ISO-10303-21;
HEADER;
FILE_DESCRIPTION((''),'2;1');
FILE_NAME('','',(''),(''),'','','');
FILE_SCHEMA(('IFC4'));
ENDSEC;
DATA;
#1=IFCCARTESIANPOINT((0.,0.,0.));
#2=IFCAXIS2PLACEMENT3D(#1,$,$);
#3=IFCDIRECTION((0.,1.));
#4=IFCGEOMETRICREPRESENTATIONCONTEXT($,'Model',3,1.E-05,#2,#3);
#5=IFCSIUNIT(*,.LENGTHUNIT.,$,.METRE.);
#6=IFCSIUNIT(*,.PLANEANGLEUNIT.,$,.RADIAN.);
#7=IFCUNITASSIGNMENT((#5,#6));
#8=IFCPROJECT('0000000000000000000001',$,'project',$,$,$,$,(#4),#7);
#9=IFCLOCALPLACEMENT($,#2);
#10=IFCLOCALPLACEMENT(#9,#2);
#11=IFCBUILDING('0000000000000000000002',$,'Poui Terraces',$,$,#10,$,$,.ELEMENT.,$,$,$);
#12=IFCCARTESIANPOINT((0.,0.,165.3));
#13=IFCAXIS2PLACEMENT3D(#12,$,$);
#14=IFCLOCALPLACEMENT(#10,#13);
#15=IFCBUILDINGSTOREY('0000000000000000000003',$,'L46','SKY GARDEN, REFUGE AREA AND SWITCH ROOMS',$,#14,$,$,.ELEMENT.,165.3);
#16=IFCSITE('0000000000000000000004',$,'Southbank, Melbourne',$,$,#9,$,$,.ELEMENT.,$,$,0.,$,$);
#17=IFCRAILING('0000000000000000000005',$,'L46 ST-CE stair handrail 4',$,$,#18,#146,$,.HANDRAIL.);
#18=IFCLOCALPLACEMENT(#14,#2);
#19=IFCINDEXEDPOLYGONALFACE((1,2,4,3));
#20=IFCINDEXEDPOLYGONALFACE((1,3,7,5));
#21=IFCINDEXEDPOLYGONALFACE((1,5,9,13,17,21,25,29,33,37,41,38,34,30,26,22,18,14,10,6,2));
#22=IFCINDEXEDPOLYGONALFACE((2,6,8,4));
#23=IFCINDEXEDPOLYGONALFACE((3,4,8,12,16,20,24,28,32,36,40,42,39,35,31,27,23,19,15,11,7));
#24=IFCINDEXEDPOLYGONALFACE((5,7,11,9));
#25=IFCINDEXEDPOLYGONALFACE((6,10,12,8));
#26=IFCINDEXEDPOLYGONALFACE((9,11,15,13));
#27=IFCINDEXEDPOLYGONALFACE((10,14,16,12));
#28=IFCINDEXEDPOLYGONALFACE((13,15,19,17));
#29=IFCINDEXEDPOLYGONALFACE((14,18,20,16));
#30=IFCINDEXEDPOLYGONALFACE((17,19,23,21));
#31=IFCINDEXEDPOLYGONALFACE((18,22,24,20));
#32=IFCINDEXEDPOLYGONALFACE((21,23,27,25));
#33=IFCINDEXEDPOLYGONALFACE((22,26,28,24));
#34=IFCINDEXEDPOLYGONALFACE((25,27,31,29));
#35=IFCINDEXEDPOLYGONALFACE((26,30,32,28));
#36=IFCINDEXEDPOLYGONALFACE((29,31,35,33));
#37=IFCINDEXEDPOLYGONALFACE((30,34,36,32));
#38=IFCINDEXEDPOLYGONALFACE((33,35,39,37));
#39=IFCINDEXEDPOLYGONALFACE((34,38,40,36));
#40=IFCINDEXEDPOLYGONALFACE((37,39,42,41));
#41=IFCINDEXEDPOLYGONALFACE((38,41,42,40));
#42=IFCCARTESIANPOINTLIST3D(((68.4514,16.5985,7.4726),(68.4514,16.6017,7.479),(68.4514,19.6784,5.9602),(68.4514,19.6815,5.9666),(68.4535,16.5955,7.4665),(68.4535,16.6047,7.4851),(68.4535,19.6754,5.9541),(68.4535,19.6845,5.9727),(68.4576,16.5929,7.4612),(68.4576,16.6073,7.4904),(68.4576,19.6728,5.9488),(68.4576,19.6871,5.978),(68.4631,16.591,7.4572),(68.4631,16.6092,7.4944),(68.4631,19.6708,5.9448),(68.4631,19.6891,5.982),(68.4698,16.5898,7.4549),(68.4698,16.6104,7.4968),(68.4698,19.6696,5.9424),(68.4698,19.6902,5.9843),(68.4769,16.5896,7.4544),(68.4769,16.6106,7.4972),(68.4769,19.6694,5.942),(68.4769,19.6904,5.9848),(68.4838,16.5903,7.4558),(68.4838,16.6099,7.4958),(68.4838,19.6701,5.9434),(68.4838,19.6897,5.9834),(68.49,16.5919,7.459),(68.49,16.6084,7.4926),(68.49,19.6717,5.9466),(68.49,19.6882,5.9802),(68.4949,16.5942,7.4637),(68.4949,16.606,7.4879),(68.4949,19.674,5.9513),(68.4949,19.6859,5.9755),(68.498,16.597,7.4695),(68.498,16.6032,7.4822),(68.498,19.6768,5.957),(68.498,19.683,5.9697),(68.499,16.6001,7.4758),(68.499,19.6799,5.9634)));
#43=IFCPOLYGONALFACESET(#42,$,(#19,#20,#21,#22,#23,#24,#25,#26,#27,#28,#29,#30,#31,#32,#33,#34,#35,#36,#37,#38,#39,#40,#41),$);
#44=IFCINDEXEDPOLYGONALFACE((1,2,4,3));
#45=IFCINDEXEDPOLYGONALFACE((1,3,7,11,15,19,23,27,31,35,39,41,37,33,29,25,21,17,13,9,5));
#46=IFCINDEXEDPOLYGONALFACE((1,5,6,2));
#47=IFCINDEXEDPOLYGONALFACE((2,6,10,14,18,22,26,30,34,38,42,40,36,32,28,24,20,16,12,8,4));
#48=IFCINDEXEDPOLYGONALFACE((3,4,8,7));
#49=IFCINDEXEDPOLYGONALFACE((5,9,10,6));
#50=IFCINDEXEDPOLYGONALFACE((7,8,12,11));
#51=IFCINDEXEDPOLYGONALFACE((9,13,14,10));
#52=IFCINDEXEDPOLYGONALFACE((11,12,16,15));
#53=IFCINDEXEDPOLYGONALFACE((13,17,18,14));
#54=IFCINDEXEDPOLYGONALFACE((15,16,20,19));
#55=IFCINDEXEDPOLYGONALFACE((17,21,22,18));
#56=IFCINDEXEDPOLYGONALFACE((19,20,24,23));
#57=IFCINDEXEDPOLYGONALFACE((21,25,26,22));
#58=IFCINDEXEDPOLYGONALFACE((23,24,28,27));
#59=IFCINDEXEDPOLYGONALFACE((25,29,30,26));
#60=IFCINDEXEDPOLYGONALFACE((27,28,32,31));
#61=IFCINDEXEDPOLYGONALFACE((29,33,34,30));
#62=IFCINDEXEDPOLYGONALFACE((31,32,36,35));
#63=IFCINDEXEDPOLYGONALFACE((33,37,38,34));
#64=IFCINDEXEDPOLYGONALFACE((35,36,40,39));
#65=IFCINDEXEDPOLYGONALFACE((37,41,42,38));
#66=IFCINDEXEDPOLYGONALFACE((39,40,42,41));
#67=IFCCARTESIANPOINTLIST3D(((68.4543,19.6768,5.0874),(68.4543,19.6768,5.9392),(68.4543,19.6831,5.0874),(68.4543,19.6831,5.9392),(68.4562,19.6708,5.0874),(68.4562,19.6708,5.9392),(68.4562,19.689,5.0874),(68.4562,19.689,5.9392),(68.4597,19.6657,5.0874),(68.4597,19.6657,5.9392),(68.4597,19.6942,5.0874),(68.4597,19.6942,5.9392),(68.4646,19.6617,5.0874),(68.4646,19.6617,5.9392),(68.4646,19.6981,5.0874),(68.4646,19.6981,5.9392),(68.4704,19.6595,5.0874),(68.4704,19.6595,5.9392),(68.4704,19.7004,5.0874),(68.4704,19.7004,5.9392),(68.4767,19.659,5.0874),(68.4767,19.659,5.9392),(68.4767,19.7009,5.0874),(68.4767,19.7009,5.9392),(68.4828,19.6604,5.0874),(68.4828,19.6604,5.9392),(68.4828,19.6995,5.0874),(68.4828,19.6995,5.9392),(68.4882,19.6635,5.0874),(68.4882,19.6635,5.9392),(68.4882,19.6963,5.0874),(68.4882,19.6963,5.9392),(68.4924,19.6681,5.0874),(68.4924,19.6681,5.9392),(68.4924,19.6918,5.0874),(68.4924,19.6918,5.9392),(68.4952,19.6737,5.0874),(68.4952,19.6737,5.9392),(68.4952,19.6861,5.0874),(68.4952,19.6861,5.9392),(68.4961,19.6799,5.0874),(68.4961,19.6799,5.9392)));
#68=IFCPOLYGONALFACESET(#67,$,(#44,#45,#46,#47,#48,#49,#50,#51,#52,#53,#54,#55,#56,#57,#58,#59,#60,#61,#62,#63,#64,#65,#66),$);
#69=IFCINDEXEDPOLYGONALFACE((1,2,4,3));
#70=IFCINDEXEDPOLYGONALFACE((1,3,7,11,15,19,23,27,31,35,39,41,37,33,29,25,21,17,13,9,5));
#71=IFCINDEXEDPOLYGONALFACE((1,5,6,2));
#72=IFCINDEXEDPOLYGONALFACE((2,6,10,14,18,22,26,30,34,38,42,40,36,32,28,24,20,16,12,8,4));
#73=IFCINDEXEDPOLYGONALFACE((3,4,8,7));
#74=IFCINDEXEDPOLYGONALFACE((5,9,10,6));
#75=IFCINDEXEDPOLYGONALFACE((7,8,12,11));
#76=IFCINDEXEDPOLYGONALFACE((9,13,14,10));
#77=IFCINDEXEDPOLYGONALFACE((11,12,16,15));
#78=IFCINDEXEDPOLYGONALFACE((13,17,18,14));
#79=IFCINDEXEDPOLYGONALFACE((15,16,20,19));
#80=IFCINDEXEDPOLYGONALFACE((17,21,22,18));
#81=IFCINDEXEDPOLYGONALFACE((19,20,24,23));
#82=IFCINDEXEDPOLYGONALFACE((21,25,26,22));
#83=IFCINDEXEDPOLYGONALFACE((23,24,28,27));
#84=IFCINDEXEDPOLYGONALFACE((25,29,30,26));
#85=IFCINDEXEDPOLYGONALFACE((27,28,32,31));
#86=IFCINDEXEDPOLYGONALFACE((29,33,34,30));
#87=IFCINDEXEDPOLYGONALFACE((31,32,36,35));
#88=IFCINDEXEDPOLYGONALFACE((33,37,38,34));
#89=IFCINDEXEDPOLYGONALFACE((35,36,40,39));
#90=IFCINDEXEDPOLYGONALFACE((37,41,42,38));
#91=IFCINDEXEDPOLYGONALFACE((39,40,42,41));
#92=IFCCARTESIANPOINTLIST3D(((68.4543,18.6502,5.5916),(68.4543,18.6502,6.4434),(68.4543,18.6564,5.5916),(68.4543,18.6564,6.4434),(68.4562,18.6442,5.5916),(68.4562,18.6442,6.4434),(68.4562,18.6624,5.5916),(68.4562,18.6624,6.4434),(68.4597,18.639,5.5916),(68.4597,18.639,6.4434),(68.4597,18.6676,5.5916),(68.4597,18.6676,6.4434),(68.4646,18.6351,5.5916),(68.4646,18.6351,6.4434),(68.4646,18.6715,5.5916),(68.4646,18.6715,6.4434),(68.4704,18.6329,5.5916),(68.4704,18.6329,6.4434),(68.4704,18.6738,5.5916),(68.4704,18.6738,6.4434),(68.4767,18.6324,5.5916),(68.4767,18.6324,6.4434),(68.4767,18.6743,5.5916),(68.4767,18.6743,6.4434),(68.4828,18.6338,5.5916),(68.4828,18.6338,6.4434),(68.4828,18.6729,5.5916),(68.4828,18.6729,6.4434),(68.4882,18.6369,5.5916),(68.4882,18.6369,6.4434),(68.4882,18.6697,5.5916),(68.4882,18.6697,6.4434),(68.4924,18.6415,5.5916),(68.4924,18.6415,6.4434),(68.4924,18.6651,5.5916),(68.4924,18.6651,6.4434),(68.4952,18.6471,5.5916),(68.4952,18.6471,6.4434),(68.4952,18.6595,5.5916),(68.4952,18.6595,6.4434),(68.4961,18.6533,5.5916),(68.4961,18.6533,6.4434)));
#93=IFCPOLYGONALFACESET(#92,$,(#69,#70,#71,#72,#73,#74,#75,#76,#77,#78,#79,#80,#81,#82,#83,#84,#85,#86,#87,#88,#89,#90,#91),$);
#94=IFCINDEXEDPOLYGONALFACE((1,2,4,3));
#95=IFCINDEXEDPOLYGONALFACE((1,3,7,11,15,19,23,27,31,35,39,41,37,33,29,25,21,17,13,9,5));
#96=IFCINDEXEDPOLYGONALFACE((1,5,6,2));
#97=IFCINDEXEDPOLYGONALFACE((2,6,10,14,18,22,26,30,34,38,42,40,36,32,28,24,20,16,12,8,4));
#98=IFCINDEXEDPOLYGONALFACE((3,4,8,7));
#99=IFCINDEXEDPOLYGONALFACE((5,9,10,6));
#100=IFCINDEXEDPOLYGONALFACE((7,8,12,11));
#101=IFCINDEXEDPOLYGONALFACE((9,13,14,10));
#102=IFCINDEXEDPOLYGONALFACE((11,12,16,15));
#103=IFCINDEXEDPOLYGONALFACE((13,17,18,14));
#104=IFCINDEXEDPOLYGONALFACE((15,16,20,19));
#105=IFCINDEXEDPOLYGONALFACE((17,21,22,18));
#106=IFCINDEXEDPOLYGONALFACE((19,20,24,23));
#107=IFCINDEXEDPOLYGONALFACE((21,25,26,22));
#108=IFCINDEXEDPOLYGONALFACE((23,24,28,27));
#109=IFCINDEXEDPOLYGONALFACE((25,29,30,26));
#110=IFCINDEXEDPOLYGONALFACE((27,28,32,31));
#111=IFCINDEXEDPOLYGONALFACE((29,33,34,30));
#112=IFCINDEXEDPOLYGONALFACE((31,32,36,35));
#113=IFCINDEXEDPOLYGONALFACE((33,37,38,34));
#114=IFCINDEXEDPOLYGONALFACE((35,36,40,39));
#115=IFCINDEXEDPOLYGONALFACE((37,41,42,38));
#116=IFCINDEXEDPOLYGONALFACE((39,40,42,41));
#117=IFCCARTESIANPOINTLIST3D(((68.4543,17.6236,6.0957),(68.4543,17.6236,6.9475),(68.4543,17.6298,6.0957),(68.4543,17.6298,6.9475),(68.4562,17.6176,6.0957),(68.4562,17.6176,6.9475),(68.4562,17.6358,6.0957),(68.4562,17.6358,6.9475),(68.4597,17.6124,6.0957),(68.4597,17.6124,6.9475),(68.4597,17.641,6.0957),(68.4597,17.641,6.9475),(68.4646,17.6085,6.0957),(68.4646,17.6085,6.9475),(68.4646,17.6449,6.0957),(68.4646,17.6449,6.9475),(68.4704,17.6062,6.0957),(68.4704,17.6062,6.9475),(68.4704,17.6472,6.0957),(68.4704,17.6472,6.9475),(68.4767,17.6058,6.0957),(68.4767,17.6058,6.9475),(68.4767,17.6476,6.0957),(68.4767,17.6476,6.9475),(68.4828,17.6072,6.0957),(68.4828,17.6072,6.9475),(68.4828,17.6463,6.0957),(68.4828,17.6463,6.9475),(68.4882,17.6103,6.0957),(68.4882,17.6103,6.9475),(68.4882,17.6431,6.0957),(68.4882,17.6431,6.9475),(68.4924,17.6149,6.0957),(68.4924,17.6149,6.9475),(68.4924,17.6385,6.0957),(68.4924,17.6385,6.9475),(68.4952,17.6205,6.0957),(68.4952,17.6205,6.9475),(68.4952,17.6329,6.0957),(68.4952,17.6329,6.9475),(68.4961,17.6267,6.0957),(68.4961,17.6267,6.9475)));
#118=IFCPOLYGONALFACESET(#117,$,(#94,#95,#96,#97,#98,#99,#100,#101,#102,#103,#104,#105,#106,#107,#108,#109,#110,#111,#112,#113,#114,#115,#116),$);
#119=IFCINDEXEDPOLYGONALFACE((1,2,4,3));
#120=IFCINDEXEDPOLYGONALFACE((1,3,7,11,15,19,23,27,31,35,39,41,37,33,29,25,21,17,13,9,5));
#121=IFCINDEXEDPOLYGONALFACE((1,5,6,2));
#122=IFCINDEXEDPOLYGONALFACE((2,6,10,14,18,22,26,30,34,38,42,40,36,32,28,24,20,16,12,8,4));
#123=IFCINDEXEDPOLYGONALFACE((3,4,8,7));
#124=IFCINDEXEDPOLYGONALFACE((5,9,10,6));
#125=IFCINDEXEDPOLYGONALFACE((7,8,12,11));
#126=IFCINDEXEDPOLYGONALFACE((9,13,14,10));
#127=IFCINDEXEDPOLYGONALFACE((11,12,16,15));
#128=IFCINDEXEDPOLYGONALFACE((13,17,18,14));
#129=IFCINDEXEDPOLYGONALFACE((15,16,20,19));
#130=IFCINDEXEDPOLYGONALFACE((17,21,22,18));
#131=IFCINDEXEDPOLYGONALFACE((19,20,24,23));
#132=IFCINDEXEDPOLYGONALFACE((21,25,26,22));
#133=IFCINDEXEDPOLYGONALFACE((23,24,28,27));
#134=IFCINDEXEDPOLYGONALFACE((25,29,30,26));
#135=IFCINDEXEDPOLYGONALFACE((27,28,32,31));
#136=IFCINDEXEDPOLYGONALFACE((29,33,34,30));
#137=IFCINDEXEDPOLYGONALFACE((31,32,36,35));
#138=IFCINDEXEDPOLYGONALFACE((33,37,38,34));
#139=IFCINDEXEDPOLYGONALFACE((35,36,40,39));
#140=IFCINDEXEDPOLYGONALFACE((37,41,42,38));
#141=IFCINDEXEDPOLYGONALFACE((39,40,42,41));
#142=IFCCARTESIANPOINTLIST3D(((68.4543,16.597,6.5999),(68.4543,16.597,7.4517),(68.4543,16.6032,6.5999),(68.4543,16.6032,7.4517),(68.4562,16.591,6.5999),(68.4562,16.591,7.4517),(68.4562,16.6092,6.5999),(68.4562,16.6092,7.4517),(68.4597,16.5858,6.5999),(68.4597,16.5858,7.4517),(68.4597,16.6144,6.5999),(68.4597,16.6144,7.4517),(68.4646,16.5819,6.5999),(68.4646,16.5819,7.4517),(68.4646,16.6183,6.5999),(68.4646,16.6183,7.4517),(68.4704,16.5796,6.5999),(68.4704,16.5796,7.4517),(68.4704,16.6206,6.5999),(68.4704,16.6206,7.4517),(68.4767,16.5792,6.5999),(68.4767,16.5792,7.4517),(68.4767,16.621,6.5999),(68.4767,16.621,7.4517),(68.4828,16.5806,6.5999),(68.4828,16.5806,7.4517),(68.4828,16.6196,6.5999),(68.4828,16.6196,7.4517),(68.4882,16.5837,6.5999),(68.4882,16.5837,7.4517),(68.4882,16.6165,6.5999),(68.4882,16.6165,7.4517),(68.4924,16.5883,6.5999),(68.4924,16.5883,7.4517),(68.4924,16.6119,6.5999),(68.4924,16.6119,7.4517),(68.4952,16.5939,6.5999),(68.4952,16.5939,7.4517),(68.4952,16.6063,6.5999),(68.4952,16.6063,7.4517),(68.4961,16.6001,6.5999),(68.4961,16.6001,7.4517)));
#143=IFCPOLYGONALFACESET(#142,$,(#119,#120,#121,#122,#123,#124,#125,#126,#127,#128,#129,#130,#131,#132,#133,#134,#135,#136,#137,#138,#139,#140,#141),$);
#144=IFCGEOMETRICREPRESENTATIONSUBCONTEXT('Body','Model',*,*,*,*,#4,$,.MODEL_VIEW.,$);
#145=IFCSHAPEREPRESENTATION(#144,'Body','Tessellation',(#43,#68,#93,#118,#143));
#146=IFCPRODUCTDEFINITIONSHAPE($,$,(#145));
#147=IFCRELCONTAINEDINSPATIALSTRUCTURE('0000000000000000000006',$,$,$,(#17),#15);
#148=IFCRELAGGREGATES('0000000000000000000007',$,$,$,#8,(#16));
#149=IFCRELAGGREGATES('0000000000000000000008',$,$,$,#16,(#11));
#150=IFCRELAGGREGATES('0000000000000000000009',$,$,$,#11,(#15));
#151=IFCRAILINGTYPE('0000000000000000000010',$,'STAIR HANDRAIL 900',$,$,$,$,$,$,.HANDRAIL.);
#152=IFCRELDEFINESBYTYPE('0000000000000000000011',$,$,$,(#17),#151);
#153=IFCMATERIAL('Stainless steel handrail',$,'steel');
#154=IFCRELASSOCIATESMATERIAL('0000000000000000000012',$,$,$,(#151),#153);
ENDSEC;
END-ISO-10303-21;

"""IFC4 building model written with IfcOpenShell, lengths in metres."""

from ifc_helpers import new_model, si_unit, direction, frame, origin, origin_2d, place, context, subcontext, project, spatial, circle, extrude, material, type_object, element, save


model = new_model("IFC4")

# Units and contexts
model_context = context("Model", 3, precision=1e-05, world=origin(), true_north=direction((0.0, 1.0)))
body_context = subcontext(model_context, "Body", "Model", "MODEL_VIEW")
ifc_project = project(units=[si_unit("LENGTHUNIT", "METRE"), si_unit("PLANEANGLEUNIT", "RADIAN")], contexts=[model_context])

# Site, building, storey
site_placement = place(None, origin())
site = spatial("IfcSite", under=ifc_project, at=site_placement, Name="Southbank, Melbourne", CompositionType="ELEMENT", RefElevation=0.0)
building_placement = place(site_placement, origin())
building = spatial("IfcBuilding", under=site, at=building_placement, Name="Poui Terraces", CompositionType="ELEMENT")
storey_placement = place(building_placement, frame((0.0, 0.0, 165.3)))
storey = spatial("IfcBuildingStorey", under=building, at=storey_placement, Name="L46", Description="SKY GARDEN, REFUGE AREA AND SWITCH ROOMS", CompositionType="ELEMENT", Elevation=165.3)

# Railing
ifc_material_1 = material(Name="Stainless steel handrail", Category="steel")
railing_type_1 = type_object("IfcRailingType", Name="STAIR HANDRAIL 900", PredefinedType="HANDRAIL", material=ifc_material_1)
railing_1_placement = place(storey_placement, frame((68.4751, 19.6799, 5.0874)))
element("IfcRailing", 1, at=railing_1_placement, inside=storey, type_object=railing_type_1, Name="L46 ST-CE stair handrail 4", PredefinedType="HANDRAIL", context=body_context, shape_type="SweptSolid", body=[
    extrude(circle(Radius=0.0239, at=origin_2d()), frame((0.0, 0.0, 0.876), z_axis=(0.0, -0.897606, 0.440798), x_axis=(1.0, 0.0, 0.0)), (0.0, 0.0, 1.0), 3.4312),
    extrude(circle(Radius=0.021, at=origin_2d()), origin(), (0.0, 0.0, 1.0), 0.8518),
    extrude(circle(Radius=0.021, at=origin_2d()), frame((0.0, -1.0266, 0.5042)), (0.0, 0.0, 1.0), 0.8518),
    extrude(circle(Radius=0.021, at=origin_2d()), frame((0.0, -2.0532, 1.0083)), (0.0, 0.0, 1.0), 0.8518),
    extrude(circle(Radius=0.021, at=origin_2d()), frame((0.0, -3.0798, 1.5125)), (0.0, 0.0, 1.0), 0.8518),
])

save(model, "model.ifc")
